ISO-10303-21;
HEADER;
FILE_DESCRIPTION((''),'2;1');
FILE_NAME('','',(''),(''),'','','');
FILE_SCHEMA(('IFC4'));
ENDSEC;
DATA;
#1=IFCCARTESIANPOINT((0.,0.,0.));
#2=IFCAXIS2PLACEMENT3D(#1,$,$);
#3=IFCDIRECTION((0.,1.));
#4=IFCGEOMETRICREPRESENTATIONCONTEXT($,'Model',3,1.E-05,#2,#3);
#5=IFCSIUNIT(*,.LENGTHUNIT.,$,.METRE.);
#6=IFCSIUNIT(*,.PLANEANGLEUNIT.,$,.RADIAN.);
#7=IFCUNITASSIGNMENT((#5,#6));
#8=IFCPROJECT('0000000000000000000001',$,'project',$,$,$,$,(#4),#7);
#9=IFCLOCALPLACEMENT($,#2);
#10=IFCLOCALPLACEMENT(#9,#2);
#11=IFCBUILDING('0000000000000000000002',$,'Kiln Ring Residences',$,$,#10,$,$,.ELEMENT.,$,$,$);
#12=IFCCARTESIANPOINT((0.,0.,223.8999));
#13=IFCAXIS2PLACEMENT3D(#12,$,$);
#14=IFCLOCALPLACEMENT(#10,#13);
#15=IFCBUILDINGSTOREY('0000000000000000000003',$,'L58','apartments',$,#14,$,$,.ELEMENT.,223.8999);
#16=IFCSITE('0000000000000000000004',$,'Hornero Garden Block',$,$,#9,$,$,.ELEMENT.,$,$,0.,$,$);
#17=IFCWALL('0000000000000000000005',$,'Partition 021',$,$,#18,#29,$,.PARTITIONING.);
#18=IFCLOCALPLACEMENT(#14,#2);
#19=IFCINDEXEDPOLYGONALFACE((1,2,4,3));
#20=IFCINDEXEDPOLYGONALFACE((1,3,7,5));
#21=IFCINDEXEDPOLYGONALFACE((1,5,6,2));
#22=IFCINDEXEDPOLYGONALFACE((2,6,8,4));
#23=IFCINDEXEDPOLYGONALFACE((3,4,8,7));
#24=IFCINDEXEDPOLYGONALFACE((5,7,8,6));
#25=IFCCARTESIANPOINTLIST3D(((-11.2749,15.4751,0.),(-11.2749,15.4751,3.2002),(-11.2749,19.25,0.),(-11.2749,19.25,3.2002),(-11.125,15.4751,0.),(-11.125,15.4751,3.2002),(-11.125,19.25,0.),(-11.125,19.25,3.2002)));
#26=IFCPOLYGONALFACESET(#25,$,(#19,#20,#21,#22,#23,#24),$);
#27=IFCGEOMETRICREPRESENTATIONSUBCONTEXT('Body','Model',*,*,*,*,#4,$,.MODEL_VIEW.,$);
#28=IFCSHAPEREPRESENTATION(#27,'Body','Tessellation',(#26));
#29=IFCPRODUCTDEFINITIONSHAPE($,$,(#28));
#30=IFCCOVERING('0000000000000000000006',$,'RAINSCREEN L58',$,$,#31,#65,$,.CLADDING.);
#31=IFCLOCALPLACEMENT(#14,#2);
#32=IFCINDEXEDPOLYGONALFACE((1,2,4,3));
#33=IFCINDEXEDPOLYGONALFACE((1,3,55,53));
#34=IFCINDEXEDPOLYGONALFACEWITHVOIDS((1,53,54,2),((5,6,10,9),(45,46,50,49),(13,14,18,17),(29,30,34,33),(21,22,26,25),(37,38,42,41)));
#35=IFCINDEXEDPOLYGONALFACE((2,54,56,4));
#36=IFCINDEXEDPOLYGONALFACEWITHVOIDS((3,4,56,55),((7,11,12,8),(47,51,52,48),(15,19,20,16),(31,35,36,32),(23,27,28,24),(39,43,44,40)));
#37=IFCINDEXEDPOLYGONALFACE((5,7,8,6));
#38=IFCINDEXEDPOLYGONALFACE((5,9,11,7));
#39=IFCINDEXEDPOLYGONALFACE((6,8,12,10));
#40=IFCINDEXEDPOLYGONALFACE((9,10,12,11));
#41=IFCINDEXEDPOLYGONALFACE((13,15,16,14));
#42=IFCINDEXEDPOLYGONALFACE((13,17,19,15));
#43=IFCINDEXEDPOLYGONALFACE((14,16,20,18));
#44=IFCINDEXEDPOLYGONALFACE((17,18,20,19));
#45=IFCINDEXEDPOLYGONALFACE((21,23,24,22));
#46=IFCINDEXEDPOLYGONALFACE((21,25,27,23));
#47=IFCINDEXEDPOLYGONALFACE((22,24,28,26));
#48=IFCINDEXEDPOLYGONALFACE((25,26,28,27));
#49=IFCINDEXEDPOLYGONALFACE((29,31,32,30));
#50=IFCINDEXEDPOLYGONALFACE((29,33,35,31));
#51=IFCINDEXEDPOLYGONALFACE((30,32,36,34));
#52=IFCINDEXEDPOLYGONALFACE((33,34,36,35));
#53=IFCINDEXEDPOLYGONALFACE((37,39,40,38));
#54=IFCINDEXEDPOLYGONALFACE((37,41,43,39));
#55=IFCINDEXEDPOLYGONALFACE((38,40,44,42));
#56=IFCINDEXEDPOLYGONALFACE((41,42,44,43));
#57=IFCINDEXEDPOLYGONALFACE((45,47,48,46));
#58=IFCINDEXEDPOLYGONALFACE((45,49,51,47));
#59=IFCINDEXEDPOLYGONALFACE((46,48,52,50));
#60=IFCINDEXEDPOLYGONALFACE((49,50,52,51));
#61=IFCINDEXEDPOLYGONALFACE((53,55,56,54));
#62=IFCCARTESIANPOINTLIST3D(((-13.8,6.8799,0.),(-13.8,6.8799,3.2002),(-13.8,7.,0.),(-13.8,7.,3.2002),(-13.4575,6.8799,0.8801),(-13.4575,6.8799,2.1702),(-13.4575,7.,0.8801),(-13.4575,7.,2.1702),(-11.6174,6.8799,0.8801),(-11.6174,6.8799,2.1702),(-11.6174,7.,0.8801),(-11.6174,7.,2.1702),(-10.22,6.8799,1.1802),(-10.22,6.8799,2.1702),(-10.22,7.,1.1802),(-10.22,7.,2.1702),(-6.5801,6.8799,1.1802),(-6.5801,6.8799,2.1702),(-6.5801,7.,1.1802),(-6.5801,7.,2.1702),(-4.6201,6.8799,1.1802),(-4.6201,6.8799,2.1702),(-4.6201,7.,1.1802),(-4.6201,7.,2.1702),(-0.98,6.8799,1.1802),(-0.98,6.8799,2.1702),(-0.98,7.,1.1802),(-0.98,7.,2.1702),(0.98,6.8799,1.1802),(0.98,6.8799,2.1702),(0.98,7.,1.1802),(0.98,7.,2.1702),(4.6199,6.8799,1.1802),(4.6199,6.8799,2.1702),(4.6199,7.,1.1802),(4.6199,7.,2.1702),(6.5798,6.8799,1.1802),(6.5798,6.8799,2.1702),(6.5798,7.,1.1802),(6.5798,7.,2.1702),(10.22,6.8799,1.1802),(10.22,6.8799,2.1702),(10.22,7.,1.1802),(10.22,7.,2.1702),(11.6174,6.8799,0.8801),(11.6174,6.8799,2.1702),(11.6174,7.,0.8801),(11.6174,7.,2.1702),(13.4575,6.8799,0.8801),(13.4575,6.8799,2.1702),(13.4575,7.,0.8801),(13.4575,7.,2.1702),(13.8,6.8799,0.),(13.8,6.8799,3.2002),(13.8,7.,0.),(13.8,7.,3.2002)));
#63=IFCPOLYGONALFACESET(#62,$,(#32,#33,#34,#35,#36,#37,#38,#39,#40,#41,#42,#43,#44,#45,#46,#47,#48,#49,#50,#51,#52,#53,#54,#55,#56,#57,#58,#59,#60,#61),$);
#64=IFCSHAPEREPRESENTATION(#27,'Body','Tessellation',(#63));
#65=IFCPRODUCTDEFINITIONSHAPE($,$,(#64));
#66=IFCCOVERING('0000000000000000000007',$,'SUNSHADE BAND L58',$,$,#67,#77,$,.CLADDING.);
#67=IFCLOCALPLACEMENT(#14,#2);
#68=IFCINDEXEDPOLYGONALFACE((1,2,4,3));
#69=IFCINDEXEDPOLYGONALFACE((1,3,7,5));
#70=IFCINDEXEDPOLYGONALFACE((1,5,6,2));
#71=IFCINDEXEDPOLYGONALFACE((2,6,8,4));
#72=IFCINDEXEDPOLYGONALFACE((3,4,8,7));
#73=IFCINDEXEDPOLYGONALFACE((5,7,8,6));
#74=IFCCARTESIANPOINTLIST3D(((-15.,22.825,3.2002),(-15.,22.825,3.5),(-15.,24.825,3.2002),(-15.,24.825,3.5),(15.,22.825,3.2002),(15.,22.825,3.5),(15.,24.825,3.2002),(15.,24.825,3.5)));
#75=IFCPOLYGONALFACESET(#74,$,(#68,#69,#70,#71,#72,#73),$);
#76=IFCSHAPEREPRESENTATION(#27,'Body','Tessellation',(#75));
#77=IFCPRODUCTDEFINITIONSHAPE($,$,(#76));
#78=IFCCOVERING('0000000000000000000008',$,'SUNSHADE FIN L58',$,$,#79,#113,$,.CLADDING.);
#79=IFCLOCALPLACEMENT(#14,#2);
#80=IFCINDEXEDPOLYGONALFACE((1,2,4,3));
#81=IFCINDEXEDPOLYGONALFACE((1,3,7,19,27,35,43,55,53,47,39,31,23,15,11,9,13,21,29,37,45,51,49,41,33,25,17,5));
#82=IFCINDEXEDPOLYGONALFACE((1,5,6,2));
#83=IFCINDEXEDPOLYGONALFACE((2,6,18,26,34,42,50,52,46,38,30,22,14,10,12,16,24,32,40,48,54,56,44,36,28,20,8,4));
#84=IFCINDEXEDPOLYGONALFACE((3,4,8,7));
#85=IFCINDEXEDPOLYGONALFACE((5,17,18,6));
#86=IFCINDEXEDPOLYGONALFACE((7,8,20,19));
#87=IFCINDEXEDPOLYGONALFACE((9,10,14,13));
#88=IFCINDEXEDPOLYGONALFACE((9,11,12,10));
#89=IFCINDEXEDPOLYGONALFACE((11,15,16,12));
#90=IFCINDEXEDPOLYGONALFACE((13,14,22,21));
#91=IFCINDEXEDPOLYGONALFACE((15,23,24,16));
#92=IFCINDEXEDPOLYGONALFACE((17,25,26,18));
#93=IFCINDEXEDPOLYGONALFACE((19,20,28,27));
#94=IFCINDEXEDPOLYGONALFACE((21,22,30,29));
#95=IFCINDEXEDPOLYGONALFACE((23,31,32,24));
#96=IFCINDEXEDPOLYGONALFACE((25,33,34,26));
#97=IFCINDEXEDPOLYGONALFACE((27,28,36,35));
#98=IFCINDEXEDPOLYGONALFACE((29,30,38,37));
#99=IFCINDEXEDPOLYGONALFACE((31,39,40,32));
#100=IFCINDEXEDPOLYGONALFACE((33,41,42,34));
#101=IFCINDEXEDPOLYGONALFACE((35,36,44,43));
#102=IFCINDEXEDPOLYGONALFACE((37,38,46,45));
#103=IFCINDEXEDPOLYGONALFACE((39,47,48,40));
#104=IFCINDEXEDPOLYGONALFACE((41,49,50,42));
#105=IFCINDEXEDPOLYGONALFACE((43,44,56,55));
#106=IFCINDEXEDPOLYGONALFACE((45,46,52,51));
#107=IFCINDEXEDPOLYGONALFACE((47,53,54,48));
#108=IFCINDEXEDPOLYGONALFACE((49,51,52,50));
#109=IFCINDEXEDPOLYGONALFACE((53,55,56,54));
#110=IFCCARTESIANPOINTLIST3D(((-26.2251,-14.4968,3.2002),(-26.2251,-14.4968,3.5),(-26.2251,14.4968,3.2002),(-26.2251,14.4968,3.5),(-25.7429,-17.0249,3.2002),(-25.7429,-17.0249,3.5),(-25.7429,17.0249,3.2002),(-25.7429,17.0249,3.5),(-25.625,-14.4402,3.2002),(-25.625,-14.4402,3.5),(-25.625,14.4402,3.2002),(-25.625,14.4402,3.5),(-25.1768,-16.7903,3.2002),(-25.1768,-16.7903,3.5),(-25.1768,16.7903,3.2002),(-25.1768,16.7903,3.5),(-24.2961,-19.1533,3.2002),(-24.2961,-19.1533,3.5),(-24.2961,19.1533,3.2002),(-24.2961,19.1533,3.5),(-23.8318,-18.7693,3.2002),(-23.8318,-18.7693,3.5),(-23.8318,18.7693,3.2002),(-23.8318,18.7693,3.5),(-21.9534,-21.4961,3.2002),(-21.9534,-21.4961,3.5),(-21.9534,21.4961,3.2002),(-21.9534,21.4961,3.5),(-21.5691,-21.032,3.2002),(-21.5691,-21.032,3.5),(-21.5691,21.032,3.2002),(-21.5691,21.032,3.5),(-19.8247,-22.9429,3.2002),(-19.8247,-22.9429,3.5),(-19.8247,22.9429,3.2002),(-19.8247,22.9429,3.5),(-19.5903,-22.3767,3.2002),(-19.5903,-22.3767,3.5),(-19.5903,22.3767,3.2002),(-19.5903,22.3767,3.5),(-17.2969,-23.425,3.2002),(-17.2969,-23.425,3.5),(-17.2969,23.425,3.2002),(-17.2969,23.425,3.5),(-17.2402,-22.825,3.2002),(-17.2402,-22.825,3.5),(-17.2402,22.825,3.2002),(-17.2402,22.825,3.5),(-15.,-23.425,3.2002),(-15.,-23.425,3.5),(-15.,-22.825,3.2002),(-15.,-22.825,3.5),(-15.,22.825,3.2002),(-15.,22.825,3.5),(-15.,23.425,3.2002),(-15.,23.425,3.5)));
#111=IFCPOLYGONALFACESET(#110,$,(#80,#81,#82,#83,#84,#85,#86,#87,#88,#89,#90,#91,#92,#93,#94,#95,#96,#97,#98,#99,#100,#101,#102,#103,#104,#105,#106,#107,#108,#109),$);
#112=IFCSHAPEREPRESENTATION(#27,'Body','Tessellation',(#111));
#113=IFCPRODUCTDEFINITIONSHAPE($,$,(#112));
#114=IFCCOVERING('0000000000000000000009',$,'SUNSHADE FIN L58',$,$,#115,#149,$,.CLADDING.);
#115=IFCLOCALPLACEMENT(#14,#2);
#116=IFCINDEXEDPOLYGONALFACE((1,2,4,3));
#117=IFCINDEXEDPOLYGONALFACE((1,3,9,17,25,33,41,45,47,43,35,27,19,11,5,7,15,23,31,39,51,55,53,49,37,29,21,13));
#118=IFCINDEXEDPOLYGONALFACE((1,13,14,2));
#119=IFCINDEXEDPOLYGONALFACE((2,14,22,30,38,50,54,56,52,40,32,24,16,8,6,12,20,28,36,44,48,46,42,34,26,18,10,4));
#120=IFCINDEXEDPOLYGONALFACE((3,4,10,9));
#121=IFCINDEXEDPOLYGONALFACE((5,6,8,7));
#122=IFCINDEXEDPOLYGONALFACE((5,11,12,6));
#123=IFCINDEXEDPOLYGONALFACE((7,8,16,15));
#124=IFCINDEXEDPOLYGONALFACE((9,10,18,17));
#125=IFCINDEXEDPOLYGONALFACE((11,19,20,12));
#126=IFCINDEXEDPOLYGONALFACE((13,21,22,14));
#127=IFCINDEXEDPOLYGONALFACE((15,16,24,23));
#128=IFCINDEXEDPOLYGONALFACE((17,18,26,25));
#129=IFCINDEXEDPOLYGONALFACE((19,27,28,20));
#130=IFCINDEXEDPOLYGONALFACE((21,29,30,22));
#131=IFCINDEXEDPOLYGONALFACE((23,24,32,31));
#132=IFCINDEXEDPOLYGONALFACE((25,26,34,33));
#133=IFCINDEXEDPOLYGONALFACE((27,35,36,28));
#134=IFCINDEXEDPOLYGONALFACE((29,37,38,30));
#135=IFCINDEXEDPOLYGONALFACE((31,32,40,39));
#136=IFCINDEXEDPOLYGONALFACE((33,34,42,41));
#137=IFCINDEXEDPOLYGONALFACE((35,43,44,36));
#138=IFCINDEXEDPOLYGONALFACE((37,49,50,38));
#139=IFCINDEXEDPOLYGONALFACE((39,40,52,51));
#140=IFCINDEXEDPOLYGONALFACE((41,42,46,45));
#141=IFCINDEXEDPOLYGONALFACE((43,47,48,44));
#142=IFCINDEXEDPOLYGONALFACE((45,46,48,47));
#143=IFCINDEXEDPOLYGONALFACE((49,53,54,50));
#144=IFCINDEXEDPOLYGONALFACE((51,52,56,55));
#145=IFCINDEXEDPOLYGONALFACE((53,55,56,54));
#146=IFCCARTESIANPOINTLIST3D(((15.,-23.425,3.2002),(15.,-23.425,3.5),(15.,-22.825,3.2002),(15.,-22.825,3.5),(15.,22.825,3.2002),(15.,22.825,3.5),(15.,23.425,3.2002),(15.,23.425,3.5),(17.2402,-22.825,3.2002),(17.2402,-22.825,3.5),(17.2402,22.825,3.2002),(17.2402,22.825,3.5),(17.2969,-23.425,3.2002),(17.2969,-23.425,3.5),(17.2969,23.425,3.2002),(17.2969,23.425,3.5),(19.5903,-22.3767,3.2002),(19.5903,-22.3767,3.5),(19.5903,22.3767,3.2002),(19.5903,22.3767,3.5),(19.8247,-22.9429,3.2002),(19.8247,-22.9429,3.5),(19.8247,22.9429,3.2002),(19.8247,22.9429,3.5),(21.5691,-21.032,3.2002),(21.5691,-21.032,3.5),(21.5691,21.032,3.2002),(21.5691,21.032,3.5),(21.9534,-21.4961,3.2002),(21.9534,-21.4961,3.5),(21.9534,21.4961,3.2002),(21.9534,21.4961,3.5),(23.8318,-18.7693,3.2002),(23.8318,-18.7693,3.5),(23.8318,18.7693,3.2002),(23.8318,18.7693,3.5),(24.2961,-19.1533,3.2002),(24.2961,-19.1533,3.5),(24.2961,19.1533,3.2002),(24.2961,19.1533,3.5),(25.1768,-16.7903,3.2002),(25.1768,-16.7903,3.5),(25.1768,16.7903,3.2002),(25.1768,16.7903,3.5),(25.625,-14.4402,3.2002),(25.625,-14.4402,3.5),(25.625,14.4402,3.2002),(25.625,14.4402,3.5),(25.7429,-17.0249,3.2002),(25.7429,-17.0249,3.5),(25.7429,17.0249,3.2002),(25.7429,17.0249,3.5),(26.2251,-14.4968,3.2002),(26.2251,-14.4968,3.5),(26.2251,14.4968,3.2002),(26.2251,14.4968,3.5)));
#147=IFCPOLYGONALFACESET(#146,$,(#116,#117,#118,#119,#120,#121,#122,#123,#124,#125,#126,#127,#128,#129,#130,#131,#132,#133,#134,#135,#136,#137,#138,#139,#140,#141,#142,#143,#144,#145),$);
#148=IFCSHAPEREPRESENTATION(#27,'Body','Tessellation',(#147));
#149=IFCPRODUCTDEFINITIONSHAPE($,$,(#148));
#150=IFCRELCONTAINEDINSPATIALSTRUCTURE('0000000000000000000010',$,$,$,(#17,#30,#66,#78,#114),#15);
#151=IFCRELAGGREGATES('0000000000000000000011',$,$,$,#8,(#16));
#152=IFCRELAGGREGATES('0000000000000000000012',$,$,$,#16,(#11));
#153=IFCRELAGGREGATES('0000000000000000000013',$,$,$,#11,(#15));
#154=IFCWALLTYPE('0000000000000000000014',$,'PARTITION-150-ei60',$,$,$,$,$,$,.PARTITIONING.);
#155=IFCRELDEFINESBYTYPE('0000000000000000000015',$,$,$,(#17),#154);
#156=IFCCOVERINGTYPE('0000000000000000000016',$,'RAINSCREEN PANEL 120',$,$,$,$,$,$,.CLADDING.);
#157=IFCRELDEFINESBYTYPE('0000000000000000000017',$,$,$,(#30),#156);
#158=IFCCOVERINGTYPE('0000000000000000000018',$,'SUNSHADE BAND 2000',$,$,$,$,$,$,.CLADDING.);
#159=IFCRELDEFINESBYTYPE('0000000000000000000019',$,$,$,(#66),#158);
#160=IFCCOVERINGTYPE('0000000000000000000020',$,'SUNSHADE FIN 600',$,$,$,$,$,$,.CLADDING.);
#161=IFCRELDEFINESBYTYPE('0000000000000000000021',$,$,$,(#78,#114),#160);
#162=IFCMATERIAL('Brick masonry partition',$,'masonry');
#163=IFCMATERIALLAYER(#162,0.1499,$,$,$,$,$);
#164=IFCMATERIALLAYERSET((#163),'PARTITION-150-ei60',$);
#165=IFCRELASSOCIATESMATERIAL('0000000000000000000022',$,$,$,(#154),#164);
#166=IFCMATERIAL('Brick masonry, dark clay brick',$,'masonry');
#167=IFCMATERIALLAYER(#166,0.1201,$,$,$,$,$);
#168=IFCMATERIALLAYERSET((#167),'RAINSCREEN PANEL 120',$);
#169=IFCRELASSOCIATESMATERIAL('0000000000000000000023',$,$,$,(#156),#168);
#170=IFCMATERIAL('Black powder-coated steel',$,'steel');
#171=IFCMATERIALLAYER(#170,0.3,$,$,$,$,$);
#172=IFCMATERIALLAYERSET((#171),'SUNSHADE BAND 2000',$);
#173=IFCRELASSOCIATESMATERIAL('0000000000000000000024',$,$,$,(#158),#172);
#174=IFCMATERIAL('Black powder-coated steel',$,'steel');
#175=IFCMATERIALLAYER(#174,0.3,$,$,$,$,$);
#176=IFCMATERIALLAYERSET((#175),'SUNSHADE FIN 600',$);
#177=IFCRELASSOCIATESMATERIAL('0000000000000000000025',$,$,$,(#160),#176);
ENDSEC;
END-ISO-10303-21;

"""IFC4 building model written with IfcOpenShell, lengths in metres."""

from ifc_helpers import new_model, si_unit, direction, frame, frame_2d, origin, place, context, subcontext, project, spatial, polyline, rectangle, outline, extrude, material, layer, layer_set, type_object, element, save


model = new_model("IFC4")

# Units and contexts
model_context = context("Model", 3, precision=1e-05, world=origin(), true_north=direction((0.0, 1.0)))
body_context = subcontext(model_context, "Body", "Model", "MODEL_VIEW")
ifc_project = project(units=[si_unit("LENGTHUNIT", "METRE"), si_unit("PLANEANGLEUNIT", "RADIAN")], contexts=[model_context])

# Site, building, storey
site_placement = place(None, origin())
site = spatial("IfcSite", under=ifc_project, at=site_placement, Name="Hornero Garden Block", CompositionType="ELEMENT", RefElevation=0.0)
building_placement = place(site_placement, origin())
building = spatial("IfcBuilding", under=site, at=building_placement, Name="Kiln Ring Residences", CompositionType="ELEMENT")
storey_placement = place(building_placement, frame((0.0, 0.0, 223.8999)))
storey = spatial("IfcBuildingStorey", under=building, at=storey_placement, Name="L58", Description="apartments", CompositionType="ELEMENT", Elevation=223.8999)

# Wall
ifc_material_1 = material(Name="Brick masonry partition", Category="masonry")
ifc_layer_1 = layer(ifc_material_1, 0.1499)
ifc_layer_set_1 = layer_set([ifc_layer_1], Name="PARTITION-150-ei60")
wall_type_1 = type_object("IfcWallType", Name="PARTITION-150-ei60", PredefinedType="PARTITIONING", material=ifc_layer_set_1)
wall_1_placement = place(storey_placement, frame((-11.2, 15.4751, 0.0), z_axis=(0.0, 0.0, 1.0), x_axis=(0.0, 1.0, 0.0)))
element("IfcWall", 1, at=wall_1_placement, inside=storey, type_object=wall_type_1, Name="Partition 021", PredefinedType="PARTITIONING", context=body_context, shape_type="SweptSolid", body=[
    extrude(rectangle(XDim=3.7749, YDim=0.1499, at=frame_2d((1.8875, 0.0))), origin(), (0.0, 0.0, 1.0), 3.2002),
])

# Coverings
ifc_material_2 = material(Name="Brick masonry, dark clay brick", Category="masonry")
ifc_layer_2 = layer(ifc_material_2, 0.1201)
ifc_layer_set_2 = layer_set([ifc_layer_2], Name="RAINSCREEN PANEL 120")
covering_type_1 = type_object("IfcCoveringType", Name="RAINSCREEN PANEL 120", PredefinedType="CLADDING", material=ifc_layer_set_2)
covering_1_placement = place(storey_placement, frame((-13.8, 6.9399, 0.0), z_axis=(0.0, 0.0, 1.0), x_axis=(1.0, 0.0, 0.0)))
element("IfcCovering", 2, at=covering_1_placement, inside=storey, type_object=covering_type_1, Name="RAINSCREEN L58", PredefinedType="CLADDING", context=body_context, shape_type="SweptSolid", body=[
    extrude(outline(polyline([(0.0, 0.0), (27.6001, 0.0), (27.6001, 3.2002), (0.0, 3.2002), (0.0, 0.0)]), holes=[polyline([(2.1826, 0.8801), (2.1826, 2.1702), (0.3425, 2.1702), (0.3425, 0.8801), (2.1826, 0.8801)]), polyline([(25.4175, 0.8801), (27.2576, 0.8801), (27.2576, 2.1702), (25.4175, 2.1702), (25.4175, 0.8801)]), polyline([(3.5801, 1.1802), (7.22, 1.1802), (7.22, 2.1702), (3.5801, 2.1702), (3.5801, 1.1802)]), polyline([(12.8201, 1.1802), (12.8201, 2.1702), (9.1799, 2.1702), (9.1799, 1.1802), (12.8201, 1.1802)]), polyline([(14.78, 1.1802), (18.4199, 1.1802), (18.4199, 2.1702), (14.78, 2.1702), (14.78, 1.1802)]), polyline([(20.3799, 1.1802), (24.02, 1.1802), (24.02, 2.1702), (20.3799, 2.1702), (20.3799, 1.1802)])]), frame((0.0, 0.0601, 0.0), z_axis=(0.0, -1.0, 0.0), x_axis=(1.0, 0.0, 0.0)), (0.0, 0.0, 1.0), 0.1201),
])
ifc_material_3 = material(Name="Black powder-coated steel", Category="steel")
ifc_layer_3 = layer(ifc_material_3, 0.3)
ifc_layer_set_3 = layer_set([ifc_layer_3], Name="SUNSHADE BAND 2000")
covering_type_2 = type_object("IfcCoveringType", Name="SUNSHADE BAND 2000", PredefinedType="CLADDING", material=ifc_layer_set_3)
placement = place(storey_placement, frame((0.0, 0.0, 3.2002)))
element("IfcCovering", 3, at=placement, inside=storey, type_object=covering_type_2, Name="SUNSHADE BAND L58", PredefinedType="CLADDING", context=body_context, shape_type="SweptSolid", body=[
    extrude(outline(polyline([(15.0, 24.825), (-15.0, 24.825), (-15.0, 22.825), (15.0, 22.825), (15.0, 24.825)])), origin(), (0.0, 0.0, 1.0), 0.2998),
])
ifc_material_4 = material(Name="Black powder-coated steel", Category="steel")
ifc_layer_4 = layer(ifc_material_4, 0.3)
ifc_layer_set_4 = layer_set([ifc_layer_4], Name="SUNSHADE FIN 600")
covering_type_3 = type_object("IfcCoveringType", Name="SUNSHADE FIN 600", PredefinedType="CLADDING", material=ifc_layer_set_4)
element("IfcCovering", 4, at=placement, inside=storey, type_object=covering_type_3, Name="SUNSHADE FIN L58", PredefinedType="CLADDING", context=body_context, shape_type="SweptSolid", body=[
    extrude(outline(polyline([(-26.2251, -14.4968), (-25.7429, -17.0249), (-24.2961, -19.1533), (-21.9534, -21.4961), (-19.8247, -22.9429), (-17.2969, -23.425), (-15.0, -23.425), (-15.0, -22.825), (-17.2402, -22.825), (-19.5903, -22.3767), (-21.5691, -21.032), (-23.8318, -18.7693), (-25.1768, -16.7903), (-25.625, -14.4402), (-25.625, 14.4402), (-25.1768, 16.7903), (-23.8318, 18.7693), (-21.5691, 21.032), (-19.5903, 22.3767), (-17.2402, 22.825), (-15.0, 22.825), (-15.0, 23.425), (-17.2969, 23.425), (-19.8247, 22.9429), (-21.9534, 21.4961), (-24.2961, 19.1533), (-25.7429, 17.0249), (-26.2251, 14.4968), (-26.2251, -14.4968)])), origin(), (0.0, 0.0, 1.0), 0.2998),
])
element("IfcCovering", 5, at=placement, inside=storey, type_object=covering_type_3, Name="SUNSHADE FIN L58", PredefinedType="CLADDING", context=body_context, shape_type="SweptSolid", body=[
    extrude(outline(polyline([(17.2969, 23.425), (15.0, 23.425), (15.0, 22.825), (17.2402, 22.825), (19.5903, 22.3767), (21.5691, 21.032), (23.8318, 18.7693), (25.1768, 16.7903), (25.625, 14.4402), (25.625, -14.4402), (25.1768, -16.7903), (23.8318, -18.7693), (21.5691, -21.032), (19.5903, -22.3767), (17.2402, -22.825), (15.0, -22.825), (15.0, -23.425), (17.2969, -23.425), (19.8247, -22.9429), (21.9534, -21.4961), (24.2961, -19.1533), (25.7429, -17.0249), (26.2251, -14.4968), (26.2251, 14.4968), (25.7429, 17.0249), (24.2961, 19.1533), (21.9534, 21.4961), (19.8247, 22.9429), (17.2969, 23.425)])), origin(), (0.0, 0.0, 1.0), 0.2998),
])

save(model, "model.ifc")
